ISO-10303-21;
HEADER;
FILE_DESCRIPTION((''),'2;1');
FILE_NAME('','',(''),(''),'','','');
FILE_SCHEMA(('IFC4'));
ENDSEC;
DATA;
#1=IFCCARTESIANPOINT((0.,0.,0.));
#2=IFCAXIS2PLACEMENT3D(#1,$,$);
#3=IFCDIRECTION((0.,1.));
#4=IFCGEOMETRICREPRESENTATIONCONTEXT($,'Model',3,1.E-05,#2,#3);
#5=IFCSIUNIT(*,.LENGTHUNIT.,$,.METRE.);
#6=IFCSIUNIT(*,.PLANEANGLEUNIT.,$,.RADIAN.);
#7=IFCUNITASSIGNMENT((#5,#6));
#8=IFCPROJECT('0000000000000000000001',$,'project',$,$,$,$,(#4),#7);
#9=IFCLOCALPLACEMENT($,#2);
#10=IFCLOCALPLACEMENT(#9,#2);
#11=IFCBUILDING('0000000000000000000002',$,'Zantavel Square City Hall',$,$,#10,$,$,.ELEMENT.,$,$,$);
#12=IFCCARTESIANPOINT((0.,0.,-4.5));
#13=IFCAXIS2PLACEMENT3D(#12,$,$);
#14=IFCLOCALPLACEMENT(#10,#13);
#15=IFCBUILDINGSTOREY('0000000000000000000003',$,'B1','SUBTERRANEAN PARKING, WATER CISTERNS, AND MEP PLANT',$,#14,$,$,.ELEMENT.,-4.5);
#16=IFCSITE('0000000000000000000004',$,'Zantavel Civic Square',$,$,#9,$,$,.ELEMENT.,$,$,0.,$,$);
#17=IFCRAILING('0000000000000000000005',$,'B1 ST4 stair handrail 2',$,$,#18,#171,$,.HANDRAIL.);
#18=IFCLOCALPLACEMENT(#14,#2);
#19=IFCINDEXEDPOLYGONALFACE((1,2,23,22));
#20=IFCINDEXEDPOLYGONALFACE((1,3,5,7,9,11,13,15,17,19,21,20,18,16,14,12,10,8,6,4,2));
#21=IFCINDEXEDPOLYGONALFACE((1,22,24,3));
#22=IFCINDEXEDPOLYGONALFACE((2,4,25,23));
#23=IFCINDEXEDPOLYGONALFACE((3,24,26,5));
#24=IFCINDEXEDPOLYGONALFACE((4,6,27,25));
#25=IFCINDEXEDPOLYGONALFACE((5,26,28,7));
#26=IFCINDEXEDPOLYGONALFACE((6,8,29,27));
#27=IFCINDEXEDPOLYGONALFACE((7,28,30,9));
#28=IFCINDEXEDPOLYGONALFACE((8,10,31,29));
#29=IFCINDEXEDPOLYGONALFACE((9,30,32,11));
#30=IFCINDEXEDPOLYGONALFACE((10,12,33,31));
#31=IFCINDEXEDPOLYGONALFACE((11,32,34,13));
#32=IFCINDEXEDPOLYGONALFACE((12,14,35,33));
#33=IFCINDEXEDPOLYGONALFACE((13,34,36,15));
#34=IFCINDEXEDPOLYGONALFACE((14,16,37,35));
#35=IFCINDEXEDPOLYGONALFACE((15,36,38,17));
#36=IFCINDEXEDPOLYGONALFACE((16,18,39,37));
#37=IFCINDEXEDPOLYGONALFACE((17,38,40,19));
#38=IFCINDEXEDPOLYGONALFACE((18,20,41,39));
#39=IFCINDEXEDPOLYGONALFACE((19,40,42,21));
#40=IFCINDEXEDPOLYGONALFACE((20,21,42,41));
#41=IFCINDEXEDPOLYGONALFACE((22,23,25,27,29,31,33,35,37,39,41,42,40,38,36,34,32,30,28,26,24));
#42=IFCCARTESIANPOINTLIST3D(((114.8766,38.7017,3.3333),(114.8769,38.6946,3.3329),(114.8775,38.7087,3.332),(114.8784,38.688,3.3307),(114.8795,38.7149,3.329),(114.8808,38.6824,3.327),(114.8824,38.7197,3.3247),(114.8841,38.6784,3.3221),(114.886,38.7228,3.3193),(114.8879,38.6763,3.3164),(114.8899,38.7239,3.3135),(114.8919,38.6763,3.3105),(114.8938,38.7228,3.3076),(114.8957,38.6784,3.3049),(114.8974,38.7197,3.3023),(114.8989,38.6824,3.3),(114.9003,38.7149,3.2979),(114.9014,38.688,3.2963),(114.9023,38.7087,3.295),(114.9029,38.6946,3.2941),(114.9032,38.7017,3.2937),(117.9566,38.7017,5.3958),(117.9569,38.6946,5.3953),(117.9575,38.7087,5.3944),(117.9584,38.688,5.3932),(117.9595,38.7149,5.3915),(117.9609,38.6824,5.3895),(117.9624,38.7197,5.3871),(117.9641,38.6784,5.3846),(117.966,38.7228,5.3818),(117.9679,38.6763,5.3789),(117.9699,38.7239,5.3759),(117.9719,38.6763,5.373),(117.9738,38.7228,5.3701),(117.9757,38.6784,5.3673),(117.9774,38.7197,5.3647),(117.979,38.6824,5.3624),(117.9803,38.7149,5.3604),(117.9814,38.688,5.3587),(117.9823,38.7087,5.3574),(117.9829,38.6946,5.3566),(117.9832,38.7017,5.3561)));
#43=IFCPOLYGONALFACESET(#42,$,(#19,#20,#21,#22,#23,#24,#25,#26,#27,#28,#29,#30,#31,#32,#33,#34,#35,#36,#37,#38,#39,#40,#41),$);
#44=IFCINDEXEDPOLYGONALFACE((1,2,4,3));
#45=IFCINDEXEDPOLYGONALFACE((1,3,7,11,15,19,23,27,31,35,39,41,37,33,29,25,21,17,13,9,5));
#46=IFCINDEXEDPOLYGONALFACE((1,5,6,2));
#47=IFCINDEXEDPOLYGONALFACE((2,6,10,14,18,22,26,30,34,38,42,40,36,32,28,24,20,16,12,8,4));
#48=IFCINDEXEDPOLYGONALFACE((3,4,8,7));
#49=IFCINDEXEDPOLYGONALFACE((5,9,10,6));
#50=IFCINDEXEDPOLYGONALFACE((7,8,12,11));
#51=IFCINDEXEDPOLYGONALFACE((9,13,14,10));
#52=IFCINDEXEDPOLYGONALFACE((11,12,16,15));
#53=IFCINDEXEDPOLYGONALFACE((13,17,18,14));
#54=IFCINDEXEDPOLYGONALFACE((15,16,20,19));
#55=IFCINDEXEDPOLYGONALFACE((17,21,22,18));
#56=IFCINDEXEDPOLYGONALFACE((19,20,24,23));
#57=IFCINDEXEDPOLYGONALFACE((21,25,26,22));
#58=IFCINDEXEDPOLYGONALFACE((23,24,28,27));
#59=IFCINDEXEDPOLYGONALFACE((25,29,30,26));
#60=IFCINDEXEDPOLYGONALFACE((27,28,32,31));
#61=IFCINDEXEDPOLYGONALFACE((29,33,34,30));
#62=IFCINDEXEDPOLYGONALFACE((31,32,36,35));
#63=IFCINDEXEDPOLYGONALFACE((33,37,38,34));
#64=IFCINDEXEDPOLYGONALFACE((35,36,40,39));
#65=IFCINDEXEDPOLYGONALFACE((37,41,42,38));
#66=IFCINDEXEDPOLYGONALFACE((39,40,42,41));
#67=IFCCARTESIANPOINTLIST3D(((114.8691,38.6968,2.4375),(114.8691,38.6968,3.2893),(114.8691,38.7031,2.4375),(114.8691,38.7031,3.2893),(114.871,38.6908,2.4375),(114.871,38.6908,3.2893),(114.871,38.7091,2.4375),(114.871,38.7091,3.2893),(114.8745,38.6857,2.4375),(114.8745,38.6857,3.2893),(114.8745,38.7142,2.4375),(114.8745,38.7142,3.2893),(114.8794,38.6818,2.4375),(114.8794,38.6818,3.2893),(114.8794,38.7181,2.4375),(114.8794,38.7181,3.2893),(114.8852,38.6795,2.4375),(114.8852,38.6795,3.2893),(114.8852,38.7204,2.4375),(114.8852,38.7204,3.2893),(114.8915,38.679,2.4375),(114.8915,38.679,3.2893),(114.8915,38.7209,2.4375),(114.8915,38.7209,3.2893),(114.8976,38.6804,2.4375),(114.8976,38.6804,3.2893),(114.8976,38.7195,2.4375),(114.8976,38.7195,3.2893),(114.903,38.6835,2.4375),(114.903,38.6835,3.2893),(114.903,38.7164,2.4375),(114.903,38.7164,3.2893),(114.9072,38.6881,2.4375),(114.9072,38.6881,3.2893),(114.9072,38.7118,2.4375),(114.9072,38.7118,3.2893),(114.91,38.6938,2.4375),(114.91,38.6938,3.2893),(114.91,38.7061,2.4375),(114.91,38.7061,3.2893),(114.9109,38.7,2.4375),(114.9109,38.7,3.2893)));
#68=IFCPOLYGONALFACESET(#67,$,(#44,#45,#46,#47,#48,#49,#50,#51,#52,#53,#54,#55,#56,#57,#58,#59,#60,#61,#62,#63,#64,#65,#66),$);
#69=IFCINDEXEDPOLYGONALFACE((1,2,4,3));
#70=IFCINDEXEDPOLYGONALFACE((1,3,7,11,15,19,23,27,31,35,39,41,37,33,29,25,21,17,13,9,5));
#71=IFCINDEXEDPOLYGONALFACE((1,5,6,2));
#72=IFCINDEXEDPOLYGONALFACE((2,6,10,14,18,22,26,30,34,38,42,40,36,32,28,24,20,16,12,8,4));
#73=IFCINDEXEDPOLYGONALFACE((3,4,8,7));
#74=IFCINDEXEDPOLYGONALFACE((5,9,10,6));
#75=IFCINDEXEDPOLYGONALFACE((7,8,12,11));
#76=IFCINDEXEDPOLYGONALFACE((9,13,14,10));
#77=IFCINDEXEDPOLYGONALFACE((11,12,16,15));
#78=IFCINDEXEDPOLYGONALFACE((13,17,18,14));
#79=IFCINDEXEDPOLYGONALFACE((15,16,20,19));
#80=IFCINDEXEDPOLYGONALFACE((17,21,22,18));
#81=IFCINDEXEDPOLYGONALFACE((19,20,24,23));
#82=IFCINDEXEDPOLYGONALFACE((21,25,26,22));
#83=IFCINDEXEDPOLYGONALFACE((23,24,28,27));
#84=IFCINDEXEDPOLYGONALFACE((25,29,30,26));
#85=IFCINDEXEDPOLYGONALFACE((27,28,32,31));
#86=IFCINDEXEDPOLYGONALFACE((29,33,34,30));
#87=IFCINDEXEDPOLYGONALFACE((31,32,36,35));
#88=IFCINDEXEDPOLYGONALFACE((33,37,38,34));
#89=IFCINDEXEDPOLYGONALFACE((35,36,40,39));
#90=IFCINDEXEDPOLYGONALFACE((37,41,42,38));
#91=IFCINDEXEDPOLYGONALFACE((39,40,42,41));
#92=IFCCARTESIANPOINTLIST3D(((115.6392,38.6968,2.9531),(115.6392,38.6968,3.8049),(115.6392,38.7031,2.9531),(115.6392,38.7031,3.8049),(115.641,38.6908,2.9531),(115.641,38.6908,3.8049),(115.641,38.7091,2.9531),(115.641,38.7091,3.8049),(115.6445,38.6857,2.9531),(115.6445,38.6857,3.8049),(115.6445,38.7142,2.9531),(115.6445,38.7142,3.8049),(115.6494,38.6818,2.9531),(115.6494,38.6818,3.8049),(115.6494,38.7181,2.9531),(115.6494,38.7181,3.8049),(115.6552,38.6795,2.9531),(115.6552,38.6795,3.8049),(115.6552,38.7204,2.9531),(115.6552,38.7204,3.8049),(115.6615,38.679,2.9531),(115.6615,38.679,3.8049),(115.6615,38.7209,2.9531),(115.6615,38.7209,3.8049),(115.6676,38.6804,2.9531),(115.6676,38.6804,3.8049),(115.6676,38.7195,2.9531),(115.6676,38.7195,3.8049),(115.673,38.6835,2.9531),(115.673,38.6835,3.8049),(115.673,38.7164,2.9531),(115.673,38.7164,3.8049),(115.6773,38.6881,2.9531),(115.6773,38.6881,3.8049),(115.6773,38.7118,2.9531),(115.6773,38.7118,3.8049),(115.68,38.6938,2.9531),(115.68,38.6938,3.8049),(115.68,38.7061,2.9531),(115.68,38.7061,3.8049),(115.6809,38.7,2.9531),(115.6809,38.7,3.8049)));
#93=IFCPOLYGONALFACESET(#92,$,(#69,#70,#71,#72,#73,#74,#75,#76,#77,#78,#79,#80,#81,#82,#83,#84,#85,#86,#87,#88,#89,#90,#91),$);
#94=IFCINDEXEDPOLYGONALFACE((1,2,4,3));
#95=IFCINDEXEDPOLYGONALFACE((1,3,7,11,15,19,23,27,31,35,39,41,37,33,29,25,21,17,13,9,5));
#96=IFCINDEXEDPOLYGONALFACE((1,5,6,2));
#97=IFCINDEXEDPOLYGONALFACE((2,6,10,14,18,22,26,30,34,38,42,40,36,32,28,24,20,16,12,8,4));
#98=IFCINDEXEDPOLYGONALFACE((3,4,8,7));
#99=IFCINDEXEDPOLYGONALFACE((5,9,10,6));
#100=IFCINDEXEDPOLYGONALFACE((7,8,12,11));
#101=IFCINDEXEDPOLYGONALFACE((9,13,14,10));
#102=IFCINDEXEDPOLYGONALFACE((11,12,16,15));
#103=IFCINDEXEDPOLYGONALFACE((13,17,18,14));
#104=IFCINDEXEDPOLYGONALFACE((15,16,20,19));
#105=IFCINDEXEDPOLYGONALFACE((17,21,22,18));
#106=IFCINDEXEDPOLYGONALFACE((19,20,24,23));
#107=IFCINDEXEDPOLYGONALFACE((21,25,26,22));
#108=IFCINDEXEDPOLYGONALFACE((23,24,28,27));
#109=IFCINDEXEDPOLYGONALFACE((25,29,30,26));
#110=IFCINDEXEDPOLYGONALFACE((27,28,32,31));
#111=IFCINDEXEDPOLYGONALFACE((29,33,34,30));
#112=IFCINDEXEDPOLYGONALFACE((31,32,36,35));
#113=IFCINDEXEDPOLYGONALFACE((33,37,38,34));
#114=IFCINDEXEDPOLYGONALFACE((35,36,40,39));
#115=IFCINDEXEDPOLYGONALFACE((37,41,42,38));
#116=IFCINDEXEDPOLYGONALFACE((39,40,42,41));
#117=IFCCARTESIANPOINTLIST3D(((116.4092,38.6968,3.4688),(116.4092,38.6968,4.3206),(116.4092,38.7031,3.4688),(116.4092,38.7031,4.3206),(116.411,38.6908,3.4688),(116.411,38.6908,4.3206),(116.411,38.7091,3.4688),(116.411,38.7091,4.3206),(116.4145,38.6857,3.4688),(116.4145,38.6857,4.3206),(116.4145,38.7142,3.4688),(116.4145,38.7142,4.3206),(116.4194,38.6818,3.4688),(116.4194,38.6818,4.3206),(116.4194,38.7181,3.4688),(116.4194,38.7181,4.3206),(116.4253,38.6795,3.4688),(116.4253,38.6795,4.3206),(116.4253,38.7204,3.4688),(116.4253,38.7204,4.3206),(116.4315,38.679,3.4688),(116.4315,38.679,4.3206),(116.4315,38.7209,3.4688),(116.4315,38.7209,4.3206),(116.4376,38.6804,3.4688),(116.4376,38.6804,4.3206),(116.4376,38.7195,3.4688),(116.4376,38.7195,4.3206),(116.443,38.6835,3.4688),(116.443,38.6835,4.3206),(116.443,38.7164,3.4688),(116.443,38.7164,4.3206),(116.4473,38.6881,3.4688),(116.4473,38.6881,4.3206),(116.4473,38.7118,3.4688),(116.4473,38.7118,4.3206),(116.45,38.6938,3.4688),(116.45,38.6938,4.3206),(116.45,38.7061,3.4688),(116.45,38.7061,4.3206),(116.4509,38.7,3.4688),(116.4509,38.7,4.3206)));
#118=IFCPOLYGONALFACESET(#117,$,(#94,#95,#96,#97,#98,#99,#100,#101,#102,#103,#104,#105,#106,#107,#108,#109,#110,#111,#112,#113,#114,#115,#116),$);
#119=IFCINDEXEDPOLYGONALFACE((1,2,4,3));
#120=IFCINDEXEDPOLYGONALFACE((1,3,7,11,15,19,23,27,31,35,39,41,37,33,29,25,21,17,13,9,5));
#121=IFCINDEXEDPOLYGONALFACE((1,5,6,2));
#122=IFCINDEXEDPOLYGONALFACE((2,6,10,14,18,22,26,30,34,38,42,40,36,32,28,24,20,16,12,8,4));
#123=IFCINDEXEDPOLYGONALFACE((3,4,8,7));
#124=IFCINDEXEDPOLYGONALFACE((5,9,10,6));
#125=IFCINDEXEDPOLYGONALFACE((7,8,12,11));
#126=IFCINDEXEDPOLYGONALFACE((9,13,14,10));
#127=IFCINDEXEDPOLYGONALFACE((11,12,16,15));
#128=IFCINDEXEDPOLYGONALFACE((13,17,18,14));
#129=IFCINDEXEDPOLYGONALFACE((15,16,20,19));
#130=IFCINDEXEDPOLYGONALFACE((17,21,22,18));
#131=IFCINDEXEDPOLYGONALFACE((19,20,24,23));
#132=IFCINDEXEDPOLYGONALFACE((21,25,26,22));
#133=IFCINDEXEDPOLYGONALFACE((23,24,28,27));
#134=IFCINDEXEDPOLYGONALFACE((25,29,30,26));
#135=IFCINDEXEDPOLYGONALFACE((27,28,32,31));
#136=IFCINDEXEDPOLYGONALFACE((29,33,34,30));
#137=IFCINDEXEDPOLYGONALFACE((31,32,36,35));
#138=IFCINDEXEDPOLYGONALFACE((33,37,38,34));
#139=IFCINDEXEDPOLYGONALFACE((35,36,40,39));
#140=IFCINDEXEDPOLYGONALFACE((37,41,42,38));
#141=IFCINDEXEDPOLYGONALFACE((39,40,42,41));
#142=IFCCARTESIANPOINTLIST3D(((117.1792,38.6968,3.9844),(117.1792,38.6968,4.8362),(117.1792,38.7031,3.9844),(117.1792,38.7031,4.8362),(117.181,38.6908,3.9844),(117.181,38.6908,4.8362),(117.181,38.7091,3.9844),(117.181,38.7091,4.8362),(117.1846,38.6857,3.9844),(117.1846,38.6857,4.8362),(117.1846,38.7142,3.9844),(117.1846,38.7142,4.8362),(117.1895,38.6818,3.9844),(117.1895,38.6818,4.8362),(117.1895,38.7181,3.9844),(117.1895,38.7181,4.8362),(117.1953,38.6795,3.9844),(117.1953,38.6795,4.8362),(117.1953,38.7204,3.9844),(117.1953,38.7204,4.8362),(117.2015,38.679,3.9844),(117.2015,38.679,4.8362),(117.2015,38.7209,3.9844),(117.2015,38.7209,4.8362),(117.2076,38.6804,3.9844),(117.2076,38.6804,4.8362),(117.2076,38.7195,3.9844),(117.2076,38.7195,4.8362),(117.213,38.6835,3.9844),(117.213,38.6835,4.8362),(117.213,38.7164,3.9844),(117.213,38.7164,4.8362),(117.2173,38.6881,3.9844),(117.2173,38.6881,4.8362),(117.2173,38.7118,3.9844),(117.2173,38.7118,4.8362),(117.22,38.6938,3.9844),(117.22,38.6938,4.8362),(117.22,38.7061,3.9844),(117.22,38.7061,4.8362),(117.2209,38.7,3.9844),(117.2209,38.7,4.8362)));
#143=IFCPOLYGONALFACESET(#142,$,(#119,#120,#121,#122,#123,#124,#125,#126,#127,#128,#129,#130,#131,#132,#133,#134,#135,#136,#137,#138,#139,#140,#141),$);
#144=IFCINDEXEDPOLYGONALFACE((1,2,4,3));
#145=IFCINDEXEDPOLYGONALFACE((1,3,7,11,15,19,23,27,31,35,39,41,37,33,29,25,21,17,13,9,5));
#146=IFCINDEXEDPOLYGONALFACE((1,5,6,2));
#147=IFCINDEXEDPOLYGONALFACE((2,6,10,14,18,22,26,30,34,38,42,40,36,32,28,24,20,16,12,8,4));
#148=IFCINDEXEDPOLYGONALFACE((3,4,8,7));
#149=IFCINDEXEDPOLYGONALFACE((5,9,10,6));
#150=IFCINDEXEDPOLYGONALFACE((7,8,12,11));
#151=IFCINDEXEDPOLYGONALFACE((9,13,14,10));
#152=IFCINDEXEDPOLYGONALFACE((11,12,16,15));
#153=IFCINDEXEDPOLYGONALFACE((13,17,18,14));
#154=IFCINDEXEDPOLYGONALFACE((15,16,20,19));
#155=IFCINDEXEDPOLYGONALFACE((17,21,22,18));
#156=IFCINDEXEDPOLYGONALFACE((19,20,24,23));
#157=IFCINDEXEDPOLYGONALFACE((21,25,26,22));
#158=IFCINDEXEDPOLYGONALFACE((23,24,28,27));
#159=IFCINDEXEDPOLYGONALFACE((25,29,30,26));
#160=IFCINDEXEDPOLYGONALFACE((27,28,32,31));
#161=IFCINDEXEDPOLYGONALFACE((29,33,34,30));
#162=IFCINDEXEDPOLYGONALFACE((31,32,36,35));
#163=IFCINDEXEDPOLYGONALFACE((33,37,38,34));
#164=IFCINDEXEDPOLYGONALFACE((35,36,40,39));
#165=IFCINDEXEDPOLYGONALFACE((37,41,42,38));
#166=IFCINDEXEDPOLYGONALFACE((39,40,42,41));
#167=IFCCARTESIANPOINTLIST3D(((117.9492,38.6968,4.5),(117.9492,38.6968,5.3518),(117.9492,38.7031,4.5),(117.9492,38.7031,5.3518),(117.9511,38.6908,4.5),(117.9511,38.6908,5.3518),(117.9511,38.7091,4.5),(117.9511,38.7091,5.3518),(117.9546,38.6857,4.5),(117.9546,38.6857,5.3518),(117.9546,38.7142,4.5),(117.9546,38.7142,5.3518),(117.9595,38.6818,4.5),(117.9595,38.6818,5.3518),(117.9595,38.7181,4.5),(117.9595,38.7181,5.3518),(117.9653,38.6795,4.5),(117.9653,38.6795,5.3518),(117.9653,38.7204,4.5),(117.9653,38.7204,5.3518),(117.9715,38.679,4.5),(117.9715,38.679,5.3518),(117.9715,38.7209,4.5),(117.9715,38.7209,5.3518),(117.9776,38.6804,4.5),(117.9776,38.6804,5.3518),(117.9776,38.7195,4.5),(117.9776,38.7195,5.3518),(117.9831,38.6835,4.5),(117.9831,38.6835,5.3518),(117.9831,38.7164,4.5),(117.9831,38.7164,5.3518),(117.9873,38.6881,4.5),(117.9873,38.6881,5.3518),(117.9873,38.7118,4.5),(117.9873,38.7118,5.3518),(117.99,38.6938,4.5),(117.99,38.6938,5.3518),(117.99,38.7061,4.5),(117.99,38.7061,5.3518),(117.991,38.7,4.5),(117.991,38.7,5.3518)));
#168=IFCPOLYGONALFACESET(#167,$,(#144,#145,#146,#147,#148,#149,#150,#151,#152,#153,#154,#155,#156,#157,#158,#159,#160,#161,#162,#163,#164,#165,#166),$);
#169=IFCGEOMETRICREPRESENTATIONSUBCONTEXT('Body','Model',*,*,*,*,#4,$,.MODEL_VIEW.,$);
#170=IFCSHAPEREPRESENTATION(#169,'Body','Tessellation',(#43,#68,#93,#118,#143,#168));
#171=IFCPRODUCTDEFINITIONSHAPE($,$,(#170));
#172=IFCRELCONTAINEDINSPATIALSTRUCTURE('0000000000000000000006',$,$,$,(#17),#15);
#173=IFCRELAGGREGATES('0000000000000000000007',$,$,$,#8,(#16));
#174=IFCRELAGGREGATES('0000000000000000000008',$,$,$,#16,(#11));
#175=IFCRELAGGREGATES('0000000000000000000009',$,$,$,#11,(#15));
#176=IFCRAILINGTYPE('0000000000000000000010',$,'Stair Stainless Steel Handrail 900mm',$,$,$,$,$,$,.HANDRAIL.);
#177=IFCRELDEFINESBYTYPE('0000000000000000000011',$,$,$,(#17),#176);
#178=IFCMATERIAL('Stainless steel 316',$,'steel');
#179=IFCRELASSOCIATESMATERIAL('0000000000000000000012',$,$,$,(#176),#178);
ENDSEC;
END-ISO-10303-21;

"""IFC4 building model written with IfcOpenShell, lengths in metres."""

from ifc_helpers import new_model, si_unit, direction, frame, origin, origin_2d, place, context, subcontext, project, spatial, circle, extrude, material, type_object, element, save


model = new_model("IFC4")

# Units and contexts
model_context = context("Model", 3, precision=1e-05, world=origin(), true_north=direction((0.0, 1.0)))
body_context = subcontext(model_context, "Body", "Model", "MODEL_VIEW")
ifc_project = project(units=[si_unit("LENGTHUNIT", "METRE"), si_unit("PLANEANGLEUNIT", "RADIAN")], contexts=[model_context])

# Site, building, storey
site_placement = place(None, origin())
site = spatial("IfcSite", under=ifc_project, at=site_placement, Name="Zantavel Civic Square", CompositionType="ELEMENT", RefElevation=0.0)
building_placement = place(site_placement, origin())
building = spatial("IfcBuilding", under=site, at=building_placement, Name="Zantavel Square City Hall", CompositionType="ELEMENT")
storey_placement = place(building_placement, frame((0.0, 0.0, -4.5)))
storey = spatial("IfcBuildingStorey", under=building, at=storey_placement, Name="B1", Description="SUBTERRANEAN PARKING, WATER CISTERNS, AND MEP PLANT", CompositionType="ELEMENT", Elevation=-4.5)

# Railing
ifc_material_1 = material(Name="Stainless steel 316", Category="steel")
railing_type_1 = type_object("IfcRailingType", Name="Stair Stainless Steel Handrail 900mm", PredefinedType="HANDRAIL", material=ifc_material_1)
railing_1_placement = place(storey_placement, frame((114.8899, 38.7, 2.4375)))
element("IfcRailing", 1, at=railing_1_placement, inside=storey, type_object=railing_type_1, Name="B1 ST4 stair handrail 2", PredefinedType="HANDRAIL", context=body_context, shape_type="SweptSolid", body=[
    extrude(circle(Radius=0.0239, at=origin_2d()), frame((0.0, 0.0, 0.876), z_axis=(0.830914, 0.0, 0.556401), x_axis=(0.0, 1.0, 0.0)), (0.0, 0.0, 1.0), 3.7068),
    extrude(circle(Radius=0.021, at=origin_2d()), origin(), (0.0, 0.0, 1.0), 0.8518),
    extrude(circle(Radius=0.021, at=origin_2d()), frame((0.77, 0.0, 0.5156)), (0.0, 0.0, 1.0), 0.8518),
    extrude(circle(Radius=0.021, at=origin_2d()), frame((1.54, 0.0, 1.0312)), (0.0, 0.0, 1.0), 0.8518),
    extrude(circle(Radius=0.021, at=origin_2d()), frame((2.3101, 0.0, 1.5469)), (0.0, 0.0, 1.0), 0.8518),
    extrude(circle(Radius=0.021, at=origin_2d()), frame((3.0801, 0.0, 2.0625)), (0.0, 0.0, 1.0), 0.8518),
])

save(model, "model.ifc")
